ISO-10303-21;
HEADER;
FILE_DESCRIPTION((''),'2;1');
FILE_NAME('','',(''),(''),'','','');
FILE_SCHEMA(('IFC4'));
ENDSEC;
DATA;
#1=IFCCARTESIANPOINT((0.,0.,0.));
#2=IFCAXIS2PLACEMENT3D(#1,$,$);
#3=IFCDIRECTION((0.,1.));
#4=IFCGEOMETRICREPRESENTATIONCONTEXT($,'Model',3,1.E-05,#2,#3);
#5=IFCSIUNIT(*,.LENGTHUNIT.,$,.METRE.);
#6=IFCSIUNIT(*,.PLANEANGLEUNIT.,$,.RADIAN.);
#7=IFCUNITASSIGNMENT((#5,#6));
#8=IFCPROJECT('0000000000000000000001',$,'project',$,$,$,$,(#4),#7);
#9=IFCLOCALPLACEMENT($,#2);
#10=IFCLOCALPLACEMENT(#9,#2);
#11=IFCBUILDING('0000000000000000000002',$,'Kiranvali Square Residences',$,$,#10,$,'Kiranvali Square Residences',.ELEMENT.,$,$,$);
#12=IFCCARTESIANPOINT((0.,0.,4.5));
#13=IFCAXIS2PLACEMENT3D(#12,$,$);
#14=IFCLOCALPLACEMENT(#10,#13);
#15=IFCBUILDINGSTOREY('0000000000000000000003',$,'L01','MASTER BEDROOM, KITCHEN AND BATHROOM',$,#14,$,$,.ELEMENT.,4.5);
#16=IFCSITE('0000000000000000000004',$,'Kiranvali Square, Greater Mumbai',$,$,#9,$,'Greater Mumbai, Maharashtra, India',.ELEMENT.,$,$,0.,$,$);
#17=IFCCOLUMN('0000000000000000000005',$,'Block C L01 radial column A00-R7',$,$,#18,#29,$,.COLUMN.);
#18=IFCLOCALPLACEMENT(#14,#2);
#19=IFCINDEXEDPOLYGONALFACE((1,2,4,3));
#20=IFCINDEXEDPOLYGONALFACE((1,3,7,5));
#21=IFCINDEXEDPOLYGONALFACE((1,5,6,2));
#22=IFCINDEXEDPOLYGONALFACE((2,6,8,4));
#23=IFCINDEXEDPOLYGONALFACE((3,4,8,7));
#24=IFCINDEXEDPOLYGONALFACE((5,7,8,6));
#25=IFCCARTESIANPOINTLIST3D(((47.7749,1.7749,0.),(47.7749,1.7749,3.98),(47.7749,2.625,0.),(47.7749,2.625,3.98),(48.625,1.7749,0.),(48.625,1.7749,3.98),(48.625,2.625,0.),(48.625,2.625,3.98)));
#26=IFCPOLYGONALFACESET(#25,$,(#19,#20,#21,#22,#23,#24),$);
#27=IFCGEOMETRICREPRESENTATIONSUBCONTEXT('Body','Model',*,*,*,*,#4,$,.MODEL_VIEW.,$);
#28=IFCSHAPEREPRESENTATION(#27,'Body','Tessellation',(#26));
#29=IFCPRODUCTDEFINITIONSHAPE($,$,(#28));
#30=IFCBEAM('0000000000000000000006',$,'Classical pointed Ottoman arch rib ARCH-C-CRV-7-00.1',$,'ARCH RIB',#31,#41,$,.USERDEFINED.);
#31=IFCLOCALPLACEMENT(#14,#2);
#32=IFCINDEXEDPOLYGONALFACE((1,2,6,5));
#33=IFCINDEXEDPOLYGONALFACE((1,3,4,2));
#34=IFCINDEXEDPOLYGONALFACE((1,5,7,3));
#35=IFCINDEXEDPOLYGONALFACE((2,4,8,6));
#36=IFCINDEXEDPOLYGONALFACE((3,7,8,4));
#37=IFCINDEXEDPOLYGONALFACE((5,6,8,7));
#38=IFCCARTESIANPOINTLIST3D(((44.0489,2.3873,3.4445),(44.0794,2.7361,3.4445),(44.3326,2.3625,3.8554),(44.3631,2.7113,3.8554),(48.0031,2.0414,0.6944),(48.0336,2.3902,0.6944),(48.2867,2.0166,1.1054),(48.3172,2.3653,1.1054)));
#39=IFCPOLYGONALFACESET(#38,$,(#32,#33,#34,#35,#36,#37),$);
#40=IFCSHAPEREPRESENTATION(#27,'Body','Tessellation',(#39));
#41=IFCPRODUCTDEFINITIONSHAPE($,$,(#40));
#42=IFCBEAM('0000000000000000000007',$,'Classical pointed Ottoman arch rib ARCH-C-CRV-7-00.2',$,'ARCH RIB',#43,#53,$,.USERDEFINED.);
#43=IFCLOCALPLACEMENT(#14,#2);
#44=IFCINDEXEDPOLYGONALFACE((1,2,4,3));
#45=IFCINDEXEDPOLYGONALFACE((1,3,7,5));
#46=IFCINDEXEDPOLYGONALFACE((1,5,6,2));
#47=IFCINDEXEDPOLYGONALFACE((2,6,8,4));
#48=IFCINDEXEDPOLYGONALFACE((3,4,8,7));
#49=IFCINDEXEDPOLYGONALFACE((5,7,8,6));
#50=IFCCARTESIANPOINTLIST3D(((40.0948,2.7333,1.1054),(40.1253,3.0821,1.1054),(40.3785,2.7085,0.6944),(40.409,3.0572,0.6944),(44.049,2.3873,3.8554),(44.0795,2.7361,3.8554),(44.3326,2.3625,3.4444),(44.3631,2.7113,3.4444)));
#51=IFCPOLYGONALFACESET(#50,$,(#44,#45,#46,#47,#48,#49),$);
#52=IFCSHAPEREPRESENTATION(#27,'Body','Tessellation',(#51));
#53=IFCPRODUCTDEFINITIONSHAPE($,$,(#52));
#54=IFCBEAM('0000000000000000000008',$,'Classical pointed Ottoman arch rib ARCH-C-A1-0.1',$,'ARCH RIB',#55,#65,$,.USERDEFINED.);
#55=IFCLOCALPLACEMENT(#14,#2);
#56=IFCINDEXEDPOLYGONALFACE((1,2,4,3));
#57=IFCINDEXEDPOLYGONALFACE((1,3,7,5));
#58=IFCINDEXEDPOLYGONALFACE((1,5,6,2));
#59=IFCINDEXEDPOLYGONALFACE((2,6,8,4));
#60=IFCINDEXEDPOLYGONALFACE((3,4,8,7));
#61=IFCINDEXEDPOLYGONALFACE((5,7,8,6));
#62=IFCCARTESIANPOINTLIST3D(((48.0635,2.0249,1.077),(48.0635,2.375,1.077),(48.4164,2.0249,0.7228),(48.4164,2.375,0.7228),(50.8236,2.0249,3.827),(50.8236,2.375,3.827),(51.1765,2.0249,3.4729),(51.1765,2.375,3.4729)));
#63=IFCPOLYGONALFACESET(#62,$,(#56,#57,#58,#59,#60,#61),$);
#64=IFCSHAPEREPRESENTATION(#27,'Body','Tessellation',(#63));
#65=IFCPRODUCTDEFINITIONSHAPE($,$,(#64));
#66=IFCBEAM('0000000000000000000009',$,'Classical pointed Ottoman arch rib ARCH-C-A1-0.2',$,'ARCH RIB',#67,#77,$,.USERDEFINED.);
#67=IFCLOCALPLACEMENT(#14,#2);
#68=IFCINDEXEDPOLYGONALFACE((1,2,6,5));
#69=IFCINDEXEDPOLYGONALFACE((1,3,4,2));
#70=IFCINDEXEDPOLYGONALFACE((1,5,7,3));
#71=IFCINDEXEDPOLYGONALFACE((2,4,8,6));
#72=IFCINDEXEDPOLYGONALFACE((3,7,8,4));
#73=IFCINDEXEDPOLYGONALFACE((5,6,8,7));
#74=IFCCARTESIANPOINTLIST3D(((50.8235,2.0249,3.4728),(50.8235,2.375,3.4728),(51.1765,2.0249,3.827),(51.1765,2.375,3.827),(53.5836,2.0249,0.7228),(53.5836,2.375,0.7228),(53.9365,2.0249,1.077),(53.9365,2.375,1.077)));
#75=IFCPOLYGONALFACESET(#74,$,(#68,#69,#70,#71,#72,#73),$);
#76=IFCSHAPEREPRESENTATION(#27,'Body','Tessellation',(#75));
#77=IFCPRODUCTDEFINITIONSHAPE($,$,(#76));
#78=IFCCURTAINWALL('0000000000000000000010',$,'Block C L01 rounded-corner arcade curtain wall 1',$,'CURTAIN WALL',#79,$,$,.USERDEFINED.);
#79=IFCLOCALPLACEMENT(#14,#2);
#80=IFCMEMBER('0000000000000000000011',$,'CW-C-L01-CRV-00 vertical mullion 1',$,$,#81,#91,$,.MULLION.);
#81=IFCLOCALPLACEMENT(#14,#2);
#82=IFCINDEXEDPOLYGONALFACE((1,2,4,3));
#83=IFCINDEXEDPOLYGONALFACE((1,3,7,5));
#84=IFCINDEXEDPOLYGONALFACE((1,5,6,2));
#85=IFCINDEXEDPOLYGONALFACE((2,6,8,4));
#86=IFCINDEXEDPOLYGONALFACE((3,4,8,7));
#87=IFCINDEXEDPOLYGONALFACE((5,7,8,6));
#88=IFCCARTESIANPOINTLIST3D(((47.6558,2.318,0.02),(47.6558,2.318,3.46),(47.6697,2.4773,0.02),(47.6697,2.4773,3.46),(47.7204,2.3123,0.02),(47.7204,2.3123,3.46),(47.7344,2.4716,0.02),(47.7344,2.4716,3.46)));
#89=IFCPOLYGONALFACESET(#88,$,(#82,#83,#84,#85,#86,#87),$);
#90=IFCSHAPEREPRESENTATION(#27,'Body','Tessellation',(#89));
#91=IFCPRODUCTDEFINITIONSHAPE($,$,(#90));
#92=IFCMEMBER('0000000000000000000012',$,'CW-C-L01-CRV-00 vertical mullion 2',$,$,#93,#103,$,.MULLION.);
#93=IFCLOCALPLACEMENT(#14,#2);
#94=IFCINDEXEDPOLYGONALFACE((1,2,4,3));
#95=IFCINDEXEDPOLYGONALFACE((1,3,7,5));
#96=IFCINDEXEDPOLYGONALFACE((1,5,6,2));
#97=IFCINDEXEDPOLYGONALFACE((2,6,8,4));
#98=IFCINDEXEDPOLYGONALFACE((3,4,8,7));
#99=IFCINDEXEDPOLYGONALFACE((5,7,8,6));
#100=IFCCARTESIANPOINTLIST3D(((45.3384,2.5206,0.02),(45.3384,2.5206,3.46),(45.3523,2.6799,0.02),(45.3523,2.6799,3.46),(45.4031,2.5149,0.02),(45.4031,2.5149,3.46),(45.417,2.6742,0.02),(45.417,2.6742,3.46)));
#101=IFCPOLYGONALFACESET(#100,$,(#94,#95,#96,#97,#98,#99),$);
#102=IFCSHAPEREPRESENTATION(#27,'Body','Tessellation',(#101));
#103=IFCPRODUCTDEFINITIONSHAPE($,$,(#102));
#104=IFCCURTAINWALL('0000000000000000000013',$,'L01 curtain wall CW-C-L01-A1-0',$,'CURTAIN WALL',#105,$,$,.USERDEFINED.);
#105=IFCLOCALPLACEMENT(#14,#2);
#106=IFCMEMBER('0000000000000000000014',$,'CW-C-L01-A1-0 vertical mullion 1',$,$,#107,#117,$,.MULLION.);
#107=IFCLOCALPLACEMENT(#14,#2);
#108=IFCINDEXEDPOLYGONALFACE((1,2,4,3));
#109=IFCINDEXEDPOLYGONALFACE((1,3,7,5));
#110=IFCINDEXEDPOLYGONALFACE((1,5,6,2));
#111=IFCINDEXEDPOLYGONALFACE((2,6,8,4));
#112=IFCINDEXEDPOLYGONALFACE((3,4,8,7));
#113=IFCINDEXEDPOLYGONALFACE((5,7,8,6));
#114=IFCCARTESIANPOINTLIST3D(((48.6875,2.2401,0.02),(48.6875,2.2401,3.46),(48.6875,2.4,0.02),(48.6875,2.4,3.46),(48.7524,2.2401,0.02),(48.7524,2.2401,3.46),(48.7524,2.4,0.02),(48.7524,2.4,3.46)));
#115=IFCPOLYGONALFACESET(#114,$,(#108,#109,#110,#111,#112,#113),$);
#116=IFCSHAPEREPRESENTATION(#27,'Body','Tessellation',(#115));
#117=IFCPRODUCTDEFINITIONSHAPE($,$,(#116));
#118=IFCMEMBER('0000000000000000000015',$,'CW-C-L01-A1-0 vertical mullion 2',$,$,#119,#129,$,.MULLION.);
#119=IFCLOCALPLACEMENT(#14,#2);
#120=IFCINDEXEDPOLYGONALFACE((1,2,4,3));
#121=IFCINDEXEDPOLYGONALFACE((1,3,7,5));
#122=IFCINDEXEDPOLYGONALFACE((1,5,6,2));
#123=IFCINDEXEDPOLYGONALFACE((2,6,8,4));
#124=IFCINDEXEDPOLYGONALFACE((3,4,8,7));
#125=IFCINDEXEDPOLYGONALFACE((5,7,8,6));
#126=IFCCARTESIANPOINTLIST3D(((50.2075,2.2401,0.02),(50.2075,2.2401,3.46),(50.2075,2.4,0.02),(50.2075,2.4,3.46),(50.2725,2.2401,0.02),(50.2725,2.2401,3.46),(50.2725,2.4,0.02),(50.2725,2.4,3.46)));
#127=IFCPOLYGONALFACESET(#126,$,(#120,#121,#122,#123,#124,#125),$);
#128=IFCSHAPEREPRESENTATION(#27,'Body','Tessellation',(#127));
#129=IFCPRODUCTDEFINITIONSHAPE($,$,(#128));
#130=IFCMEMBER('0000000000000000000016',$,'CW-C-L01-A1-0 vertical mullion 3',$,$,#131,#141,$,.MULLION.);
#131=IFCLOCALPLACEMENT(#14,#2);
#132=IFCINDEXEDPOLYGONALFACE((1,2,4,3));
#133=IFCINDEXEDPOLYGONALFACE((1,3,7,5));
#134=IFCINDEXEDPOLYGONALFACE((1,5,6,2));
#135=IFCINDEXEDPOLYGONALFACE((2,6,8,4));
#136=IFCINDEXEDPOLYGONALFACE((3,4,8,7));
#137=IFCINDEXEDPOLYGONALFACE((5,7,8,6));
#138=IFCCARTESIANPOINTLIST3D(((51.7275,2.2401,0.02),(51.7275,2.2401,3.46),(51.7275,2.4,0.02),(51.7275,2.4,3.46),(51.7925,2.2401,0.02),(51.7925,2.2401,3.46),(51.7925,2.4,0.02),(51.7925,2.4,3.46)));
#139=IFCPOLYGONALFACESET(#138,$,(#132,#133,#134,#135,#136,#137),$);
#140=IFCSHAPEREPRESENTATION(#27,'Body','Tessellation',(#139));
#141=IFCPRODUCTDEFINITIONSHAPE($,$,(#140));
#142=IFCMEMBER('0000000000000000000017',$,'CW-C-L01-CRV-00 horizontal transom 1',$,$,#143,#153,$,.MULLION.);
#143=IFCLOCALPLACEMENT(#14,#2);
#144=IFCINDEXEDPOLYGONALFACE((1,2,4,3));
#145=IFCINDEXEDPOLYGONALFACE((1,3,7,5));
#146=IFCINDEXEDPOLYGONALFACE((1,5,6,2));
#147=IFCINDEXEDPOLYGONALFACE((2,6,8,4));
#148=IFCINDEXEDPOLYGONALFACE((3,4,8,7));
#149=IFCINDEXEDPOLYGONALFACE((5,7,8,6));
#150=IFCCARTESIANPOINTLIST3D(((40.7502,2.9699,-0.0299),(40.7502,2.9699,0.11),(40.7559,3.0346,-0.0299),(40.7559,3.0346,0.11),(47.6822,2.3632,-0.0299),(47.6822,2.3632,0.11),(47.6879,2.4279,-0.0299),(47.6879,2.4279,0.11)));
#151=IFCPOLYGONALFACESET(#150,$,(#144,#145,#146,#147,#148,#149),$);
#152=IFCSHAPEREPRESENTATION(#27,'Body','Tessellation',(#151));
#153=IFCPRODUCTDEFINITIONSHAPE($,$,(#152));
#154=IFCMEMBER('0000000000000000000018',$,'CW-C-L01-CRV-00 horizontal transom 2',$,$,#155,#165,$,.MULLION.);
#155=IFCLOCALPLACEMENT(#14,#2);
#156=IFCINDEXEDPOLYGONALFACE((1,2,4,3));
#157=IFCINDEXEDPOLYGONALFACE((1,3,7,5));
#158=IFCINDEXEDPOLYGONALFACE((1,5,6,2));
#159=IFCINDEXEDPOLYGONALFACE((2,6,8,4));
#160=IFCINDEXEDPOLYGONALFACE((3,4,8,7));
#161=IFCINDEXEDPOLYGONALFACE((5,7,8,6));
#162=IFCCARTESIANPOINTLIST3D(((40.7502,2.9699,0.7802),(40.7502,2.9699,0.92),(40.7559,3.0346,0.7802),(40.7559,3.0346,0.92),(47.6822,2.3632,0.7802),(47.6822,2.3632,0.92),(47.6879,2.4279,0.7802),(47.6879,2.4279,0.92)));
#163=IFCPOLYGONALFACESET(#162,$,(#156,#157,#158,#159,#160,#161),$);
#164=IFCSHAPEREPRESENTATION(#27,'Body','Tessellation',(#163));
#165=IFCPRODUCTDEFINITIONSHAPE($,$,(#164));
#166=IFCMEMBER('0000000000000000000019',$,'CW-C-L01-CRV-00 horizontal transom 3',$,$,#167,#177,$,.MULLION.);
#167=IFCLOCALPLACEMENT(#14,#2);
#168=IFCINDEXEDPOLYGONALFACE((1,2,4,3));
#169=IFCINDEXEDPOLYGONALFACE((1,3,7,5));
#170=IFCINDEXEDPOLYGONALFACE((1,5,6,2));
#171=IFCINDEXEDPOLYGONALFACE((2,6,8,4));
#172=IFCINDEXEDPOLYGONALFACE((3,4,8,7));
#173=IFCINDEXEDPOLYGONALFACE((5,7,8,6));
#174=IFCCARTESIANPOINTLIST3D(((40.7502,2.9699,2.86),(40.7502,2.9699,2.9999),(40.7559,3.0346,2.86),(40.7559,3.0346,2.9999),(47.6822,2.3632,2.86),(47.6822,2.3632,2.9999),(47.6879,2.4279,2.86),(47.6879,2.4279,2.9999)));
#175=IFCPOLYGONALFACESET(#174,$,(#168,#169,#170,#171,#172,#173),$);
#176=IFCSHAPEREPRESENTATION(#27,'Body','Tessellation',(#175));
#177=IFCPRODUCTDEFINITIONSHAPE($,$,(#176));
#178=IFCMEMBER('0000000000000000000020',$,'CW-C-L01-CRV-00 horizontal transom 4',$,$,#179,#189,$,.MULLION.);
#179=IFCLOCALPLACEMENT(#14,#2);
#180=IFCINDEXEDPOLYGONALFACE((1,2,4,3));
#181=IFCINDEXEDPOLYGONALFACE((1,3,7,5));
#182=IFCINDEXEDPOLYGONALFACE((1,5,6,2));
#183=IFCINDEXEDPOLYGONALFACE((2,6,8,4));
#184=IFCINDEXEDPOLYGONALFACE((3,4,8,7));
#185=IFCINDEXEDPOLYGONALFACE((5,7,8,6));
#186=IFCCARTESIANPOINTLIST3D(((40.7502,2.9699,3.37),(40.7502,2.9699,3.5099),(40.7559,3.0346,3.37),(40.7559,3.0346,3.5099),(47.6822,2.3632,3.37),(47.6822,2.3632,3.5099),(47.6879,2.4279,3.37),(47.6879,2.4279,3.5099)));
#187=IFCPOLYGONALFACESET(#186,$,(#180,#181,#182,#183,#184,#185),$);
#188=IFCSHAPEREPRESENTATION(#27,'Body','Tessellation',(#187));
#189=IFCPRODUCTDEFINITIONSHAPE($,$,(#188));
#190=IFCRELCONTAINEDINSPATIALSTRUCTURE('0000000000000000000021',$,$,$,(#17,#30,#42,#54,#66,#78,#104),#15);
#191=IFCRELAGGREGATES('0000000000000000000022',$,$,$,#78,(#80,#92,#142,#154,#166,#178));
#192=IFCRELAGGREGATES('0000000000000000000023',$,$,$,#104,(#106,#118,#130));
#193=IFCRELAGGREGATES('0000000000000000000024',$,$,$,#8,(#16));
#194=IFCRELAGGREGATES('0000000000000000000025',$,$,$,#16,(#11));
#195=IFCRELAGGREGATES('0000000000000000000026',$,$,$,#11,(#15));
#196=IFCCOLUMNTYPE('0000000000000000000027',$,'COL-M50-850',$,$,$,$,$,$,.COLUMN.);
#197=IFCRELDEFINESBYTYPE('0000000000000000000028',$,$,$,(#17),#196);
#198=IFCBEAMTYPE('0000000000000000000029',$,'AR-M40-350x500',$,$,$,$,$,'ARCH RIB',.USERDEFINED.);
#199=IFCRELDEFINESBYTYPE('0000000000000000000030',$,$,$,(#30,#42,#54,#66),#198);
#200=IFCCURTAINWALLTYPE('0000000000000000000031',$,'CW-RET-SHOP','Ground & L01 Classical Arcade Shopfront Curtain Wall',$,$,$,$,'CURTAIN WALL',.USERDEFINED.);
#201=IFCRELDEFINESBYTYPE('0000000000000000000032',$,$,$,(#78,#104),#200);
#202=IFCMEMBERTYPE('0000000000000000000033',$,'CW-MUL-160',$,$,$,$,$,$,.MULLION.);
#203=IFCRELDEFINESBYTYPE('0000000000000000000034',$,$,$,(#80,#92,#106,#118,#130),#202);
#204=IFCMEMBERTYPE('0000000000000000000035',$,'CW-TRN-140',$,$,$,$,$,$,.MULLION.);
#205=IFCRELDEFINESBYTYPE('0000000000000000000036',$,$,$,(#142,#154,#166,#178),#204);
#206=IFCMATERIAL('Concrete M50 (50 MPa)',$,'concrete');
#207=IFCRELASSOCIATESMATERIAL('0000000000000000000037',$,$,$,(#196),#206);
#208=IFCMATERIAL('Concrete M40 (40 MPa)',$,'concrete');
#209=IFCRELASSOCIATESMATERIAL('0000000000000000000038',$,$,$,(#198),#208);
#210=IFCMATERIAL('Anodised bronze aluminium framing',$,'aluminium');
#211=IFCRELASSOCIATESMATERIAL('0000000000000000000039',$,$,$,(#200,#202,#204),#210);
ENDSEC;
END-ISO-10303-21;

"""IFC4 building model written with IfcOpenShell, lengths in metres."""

from ifc_helpers import new_model, si_unit, direction, frame, origin, origin_2d, place, context, subcontext, project, spatial, rectangle, extrude, material, material_profile, profile_set, type_object, element, aggregate, save


model = new_model("IFC4")

# Units and contexts
model_context = context("Model", 3, precision=1e-05, world=origin(), true_north=direction((0.0, 1.0)))
body_context = subcontext(model_context, "Body", "Model", "MODEL_VIEW")
ifc_project = project(units=[si_unit("LENGTHUNIT", "METRE"), si_unit("PLANEANGLEUNIT", "RADIAN")], contexts=[model_context])

# Site, building, storey
site_placement = place(None, origin())
site = spatial("IfcSite", under=ifc_project, at=site_placement, Name="Kiranvali Square, Greater Mumbai", LongName="Greater Mumbai, Maharashtra, India", CompositionType="ELEMENT", RefElevation=0.0)
building_placement = place(site_placement, origin())
building = spatial("IfcBuilding", under=site, at=building_placement, Name="Kiranvali Square Residences", LongName="Kiranvali Square Residences", CompositionType="ELEMENT")
storey_placement = place(building_placement, frame((0.0, 0.0, 4.5)))
storey = spatial("IfcBuildingStorey", under=building, at=storey_placement, Name="L01", Description="MASTER BEDROOM, KITCHEN AND BATHROOM", CompositionType="ELEMENT", Elevation=4.5)

# Column
ifc_material_1 = material(Name="Concrete M50 (50 MPa)", Category="concrete")
ifc_material_profile_1 = material_profile(ifc_material_1, rectangle(XDim=0.8501, YDim=0.8501, at=origin_2d()), Name="RC 850x850")
ifc_profile_set_1 = profile_set([ifc_material_profile_1], Name="Concrete M50 (50 MPa)")
column_type = type_object("IfcColumnType", Name="COL-M50-850", PredefinedType="COLUMN", material=ifc_profile_set_1)
column_placement = place(storey_placement, frame((48.2, 2.2, 0.0), z_axis=(0.0, 0.0, 1.0), x_axis=(1.0, 0.0, 0.0)))
element("IfcColumn", 1, at=column_placement, inside=storey, type_object=column_type, Name="Block C L01 radial column A00-R7", PredefinedType="COLUMN", context=body_context, shape_type="SweptSolid", body=[
    extrude(rectangle(XDim=0.8501, YDim=0.8501, at=origin_2d()), origin(), (0.0, 0.0, 1.0), 3.98),
])

# Beams
ifc_material_2 = material(Name="Concrete M40 (40 MPa)", Category="concrete")
ifc_material_profile_2 = material_profile(ifc_material_2, rectangle(XDim=0.3501, YDim=0.5, at=origin_2d()), Name="RC 350x500")
ifc_profile_set_2 = profile_set([ifc_material_profile_2], Name="Concrete M40 (40 MPa)")
beam_type_1 = type_object("IfcBeamType", Name="AR-M40-350x500", ElementType="ARCH RIB", PredefinedType="USERDEFINED", material=ifc_profile_set_2)
for number, where, z_axis, x_axis, name in (
    (2, (48.1602, 2.2034, 0.8999), (-0.818862, 0.071643, 0.569502), (-0.087158, -0.996195, 0.0), "Classical pointed Ottoman arch rib ARCH-C-CRV-7-00.1"),
    (3, (44.2061, 2.5493, 3.6499), (-0.818862, 0.071643, -0.569502), (-0.087158, -0.996195, 0.0), "Classical pointed Ottoman arch rib ARCH-C-CRV-7-00.2"),
):
    element("IfcBeam", number, at=place(storey_placement, frame(where, z_axis=z_axis, x_axis=x_axis)), inside=storey, type_object=beam_type_1, Name=name, ObjectType="ARCH RIB", PredefinedType="USERDEFINED", context=body_context, shape_type="SweptSolid", body=[
        extrude(rectangle(XDim=0.3501, YDim=0.5, at=origin_2d()), origin(), (0.0, 0.0, 1.0), 4.8289),
    ])
for number, where, z_axis, x_axis, name in (
    (4, (48.24, 2.2, 0.8999), (0.70839, 0.0, 0.705821), (0.0, 1.0, 0.0), "Classical pointed Ottoman arch rib ARCH-C-A1-0.1"),
    (5, (51.0, 2.2, 3.6499), (0.70839, 0.0, -0.705821), (0.0, 1.0, 0.0), "Classical pointed Ottoman arch rib ARCH-C-A1-0.2"),
):
    element("IfcBeam", number, at=place(storey_placement, frame(where, z_axis=z_axis, x_axis=x_axis)), inside=storey, type_object=beam_type_1, Name=name, ObjectType="ARCH RIB", PredefinedType="USERDEFINED", context=body_context, shape_type="SweptSolid", body=[
        extrude(rectangle(XDim=0.3501, YDim=0.5, at=origin_2d()), origin(), (0.0, 0.0, 1.0), 3.8962),
    ])

# Curtain walls, members
ifc_material_3 = material(Name="Anodised bronze aluminium framing", Category="aluminium")
curtain_wall_type = type_object("IfcCurtainWallType", Name="CW-RET-SHOP", Description="Ground & L01 Classical Arcade Shopfront Curtain Wall", ElementType="CURTAIN WALL", PredefinedType="USERDEFINED", material=ifc_material_3)
curtain_wall_1_placement = place(storey_placement, origin())
curtain_wall_1 = element("IfcCurtainWall", 6, at=curtain_wall_1_placement, inside=storey, type_object=curtain_wall_type, Name="Block C L01 rounded-corner arcade curtain wall 1", ObjectType="CURTAIN WALL", PredefinedType="USERDEFINED")
ifc_material_profile_3 = material_profile(ifc_material_3, rectangle(XDim=0.0649, YDim=0.1599, at=origin_2d()), Name="ALU 65x160")
ifc_profile_set_3 = profile_set([ifc_material_profile_3], Name="Anodised bronze aluminium framing")
member_type_1 = type_object("IfcMemberType", Name="CW-MUL-160", PredefinedType="MULLION", material=ifc_profile_set_3)
member_1_placement = place(storey_placement, frame((47.6951, 2.3948, 0.02), z_axis=(0.0, 0.0, 1.0), x_axis=(-0.996195, 0.087156, 0.0)))
member_1 = element("IfcMember", 7, at=member_1_placement, type_object=member_type_1, Name="CW-C-L01-CRV-00 vertical mullion 1", PredefinedType="MULLION", context=body_context, shape_type="SweptSolid", body=[
    extrude(rectangle(XDim=0.0649, YDim=0.1599, at=origin_2d()), origin(), (0.0, 0.0, 1.0), 3.4399),
])
member_2_placement = place(storey_placement, frame((45.3777, 2.5974, 0.02), z_axis=(0.0, 0.0, 1.0), x_axis=(-0.996195, 0.087156, 0.0)))
member_2 = element("IfcMember", 8, at=member_2_placement, type_object=member_type_1, Name="CW-C-L01-CRV-00 vertical mullion 2", PredefinedType="MULLION", context=body_context, shape_type="SweptSolid", body=[
    extrude(rectangle(XDim=0.0649, YDim=0.1599, at=origin_2d()), origin(), (0.0, 0.0, 1.0), 3.4399),
])
curtain_wall_2_placement = place(storey_placement, origin())
curtain_wall_2 = element("IfcCurtainWall", 9, at=curtain_wall_2_placement, inside=storey, type_object=curtain_wall_type, Name="L01 curtain wall CW-C-L01-A1-0", ObjectType="CURTAIN WALL", PredefinedType="USERDEFINED")
member_3_placement = place(storey_placement, frame((48.72, 2.3201, 0.02), z_axis=(0.0, 0.0, 1.0), x_axis=(1.0, 0.0, 0.0)))
member_3 = element("IfcMember", 10, at=member_3_placement, type_object=member_type_1, Name="CW-C-L01-A1-0 vertical mullion 1", PredefinedType="MULLION", context=body_context, shape_type="SweptSolid", body=[
    extrude(rectangle(XDim=0.0649, YDim=0.1599, at=origin_2d()), origin(), (0.0, 0.0, 1.0), 3.4399),
])
member_4_placement = place(storey_placement, frame((50.24, 2.3201, 0.02), z_axis=(0.0, 0.0, 1.0), x_axis=(1.0, 0.0, 0.0)))
member_4 = element("IfcMember", 11, at=member_4_placement, type_object=member_type_1, Name="CW-C-L01-A1-0 vertical mullion 2", PredefinedType="MULLION", context=body_context, shape_type="SweptSolid", body=[
    extrude(rectangle(XDim=0.0649, YDim=0.1599, at=origin_2d()), origin(), (0.0, 0.0, 1.0), 3.4399),
])
member_5_placement = place(storey_placement, frame((51.76, 2.3201, 0.02), z_axis=(0.0, 0.0, 1.0), x_axis=(1.0, 0.0, 0.0)))
member_5 = element("IfcMember", 12, at=member_5_placement, type_object=member_type_1, Name="CW-C-L01-A1-0 vertical mullion 3", PredefinedType="MULLION", context=body_context, shape_type="SweptSolid", body=[
    extrude(rectangle(XDim=0.0649, YDim=0.1599, at=origin_2d()), origin(), (0.0, 0.0, 1.0), 3.4399),
])

# Members
ifc_material_profile_4 = material_profile(ifc_material_3, rectangle(XDim=0.0649, YDim=0.1399, at=origin_2d()), Name="ALU 65x140")
ifc_profile_set_4 = profile_set([ifc_material_profile_4], Name="Anodised bronze aluminium framing")
member_type_2 = type_object("IfcMemberType", Name="CW-TRN-140", PredefinedType="MULLION", material=ifc_profile_set_4)
member_6_placement = place(storey_placement, frame((47.6851, 2.3955, 0.04), z_axis=(-0.996192, 0.087188, 0.0), x_axis=(-0.087188, -0.996192, 0.0)))
member_6 = element("IfcMember", 13, at=member_6_placement, type_object=member_type_2, Name="CW-C-L01-CRV-00 horizontal transom 1", PredefinedType="MULLION", context=body_context, shape_type="SweptSolid", body=[
    extrude(rectangle(XDim=0.0649, YDim=0.1399, at=origin_2d()), origin(), (0.0, 0.0, 1.0), 6.9585),
])
member_7_placement = place(storey_placement, frame((47.6851, 2.3955, 0.8501), z_axis=(-0.996192, 0.087188, 0.0), x_axis=(-0.087188, -0.996192, 0.0)))
member_7 = element("IfcMember", 14, at=member_7_placement, type_object=member_type_2, Name="CW-C-L01-CRV-00 horizontal transom 2", PredefinedType="MULLION", context=body_context, shape_type="SweptSolid", body=[
    extrude(rectangle(XDim=0.0649, YDim=0.1399, at=origin_2d()), origin(), (0.0, 0.0, 1.0), 6.9585),
])
member_8_placement = place(storey_placement, frame((47.6851, 2.3955, 2.9299), z_axis=(-0.996192, 0.087188, 0.0), x_axis=(-0.087188, -0.996192, 0.0)))
member_8 = element("IfcMember", 15, at=member_8_placement, type_object=member_type_2, Name="CW-C-L01-CRV-00 horizontal transom 3", PredefinedType="MULLION", context=body_context, shape_type="SweptSolid", body=[
    extrude(rectangle(XDim=0.0649, YDim=0.1399, at=origin_2d()), origin(), (0.0, 0.0, 1.0), 6.9585),
])
member_9_placement = place(storey_placement, frame((47.6851, 2.3955, 3.4399), z_axis=(-0.996192, 0.087188, 0.0), x_axis=(-0.087188, -0.996192, 0.0)))
member_9 = element("IfcMember", 16, at=member_9_placement, type_object=member_type_2, Name="CW-C-L01-CRV-00 horizontal transom 4", PredefinedType="MULLION", context=body_context, shape_type="SweptSolid", body=[
    extrude(rectangle(XDim=0.0649, YDim=0.1399, at=origin_2d()), origin(), (0.0, 0.0, 1.0), 6.9585),
])

aggregate(curtain_wall_1, [member_1, member_2, member_6, member_7, member_8, member_9])
aggregate(curtain_wall_2, [member_3, member_4, member_5])

save(model, "model.ifc")
